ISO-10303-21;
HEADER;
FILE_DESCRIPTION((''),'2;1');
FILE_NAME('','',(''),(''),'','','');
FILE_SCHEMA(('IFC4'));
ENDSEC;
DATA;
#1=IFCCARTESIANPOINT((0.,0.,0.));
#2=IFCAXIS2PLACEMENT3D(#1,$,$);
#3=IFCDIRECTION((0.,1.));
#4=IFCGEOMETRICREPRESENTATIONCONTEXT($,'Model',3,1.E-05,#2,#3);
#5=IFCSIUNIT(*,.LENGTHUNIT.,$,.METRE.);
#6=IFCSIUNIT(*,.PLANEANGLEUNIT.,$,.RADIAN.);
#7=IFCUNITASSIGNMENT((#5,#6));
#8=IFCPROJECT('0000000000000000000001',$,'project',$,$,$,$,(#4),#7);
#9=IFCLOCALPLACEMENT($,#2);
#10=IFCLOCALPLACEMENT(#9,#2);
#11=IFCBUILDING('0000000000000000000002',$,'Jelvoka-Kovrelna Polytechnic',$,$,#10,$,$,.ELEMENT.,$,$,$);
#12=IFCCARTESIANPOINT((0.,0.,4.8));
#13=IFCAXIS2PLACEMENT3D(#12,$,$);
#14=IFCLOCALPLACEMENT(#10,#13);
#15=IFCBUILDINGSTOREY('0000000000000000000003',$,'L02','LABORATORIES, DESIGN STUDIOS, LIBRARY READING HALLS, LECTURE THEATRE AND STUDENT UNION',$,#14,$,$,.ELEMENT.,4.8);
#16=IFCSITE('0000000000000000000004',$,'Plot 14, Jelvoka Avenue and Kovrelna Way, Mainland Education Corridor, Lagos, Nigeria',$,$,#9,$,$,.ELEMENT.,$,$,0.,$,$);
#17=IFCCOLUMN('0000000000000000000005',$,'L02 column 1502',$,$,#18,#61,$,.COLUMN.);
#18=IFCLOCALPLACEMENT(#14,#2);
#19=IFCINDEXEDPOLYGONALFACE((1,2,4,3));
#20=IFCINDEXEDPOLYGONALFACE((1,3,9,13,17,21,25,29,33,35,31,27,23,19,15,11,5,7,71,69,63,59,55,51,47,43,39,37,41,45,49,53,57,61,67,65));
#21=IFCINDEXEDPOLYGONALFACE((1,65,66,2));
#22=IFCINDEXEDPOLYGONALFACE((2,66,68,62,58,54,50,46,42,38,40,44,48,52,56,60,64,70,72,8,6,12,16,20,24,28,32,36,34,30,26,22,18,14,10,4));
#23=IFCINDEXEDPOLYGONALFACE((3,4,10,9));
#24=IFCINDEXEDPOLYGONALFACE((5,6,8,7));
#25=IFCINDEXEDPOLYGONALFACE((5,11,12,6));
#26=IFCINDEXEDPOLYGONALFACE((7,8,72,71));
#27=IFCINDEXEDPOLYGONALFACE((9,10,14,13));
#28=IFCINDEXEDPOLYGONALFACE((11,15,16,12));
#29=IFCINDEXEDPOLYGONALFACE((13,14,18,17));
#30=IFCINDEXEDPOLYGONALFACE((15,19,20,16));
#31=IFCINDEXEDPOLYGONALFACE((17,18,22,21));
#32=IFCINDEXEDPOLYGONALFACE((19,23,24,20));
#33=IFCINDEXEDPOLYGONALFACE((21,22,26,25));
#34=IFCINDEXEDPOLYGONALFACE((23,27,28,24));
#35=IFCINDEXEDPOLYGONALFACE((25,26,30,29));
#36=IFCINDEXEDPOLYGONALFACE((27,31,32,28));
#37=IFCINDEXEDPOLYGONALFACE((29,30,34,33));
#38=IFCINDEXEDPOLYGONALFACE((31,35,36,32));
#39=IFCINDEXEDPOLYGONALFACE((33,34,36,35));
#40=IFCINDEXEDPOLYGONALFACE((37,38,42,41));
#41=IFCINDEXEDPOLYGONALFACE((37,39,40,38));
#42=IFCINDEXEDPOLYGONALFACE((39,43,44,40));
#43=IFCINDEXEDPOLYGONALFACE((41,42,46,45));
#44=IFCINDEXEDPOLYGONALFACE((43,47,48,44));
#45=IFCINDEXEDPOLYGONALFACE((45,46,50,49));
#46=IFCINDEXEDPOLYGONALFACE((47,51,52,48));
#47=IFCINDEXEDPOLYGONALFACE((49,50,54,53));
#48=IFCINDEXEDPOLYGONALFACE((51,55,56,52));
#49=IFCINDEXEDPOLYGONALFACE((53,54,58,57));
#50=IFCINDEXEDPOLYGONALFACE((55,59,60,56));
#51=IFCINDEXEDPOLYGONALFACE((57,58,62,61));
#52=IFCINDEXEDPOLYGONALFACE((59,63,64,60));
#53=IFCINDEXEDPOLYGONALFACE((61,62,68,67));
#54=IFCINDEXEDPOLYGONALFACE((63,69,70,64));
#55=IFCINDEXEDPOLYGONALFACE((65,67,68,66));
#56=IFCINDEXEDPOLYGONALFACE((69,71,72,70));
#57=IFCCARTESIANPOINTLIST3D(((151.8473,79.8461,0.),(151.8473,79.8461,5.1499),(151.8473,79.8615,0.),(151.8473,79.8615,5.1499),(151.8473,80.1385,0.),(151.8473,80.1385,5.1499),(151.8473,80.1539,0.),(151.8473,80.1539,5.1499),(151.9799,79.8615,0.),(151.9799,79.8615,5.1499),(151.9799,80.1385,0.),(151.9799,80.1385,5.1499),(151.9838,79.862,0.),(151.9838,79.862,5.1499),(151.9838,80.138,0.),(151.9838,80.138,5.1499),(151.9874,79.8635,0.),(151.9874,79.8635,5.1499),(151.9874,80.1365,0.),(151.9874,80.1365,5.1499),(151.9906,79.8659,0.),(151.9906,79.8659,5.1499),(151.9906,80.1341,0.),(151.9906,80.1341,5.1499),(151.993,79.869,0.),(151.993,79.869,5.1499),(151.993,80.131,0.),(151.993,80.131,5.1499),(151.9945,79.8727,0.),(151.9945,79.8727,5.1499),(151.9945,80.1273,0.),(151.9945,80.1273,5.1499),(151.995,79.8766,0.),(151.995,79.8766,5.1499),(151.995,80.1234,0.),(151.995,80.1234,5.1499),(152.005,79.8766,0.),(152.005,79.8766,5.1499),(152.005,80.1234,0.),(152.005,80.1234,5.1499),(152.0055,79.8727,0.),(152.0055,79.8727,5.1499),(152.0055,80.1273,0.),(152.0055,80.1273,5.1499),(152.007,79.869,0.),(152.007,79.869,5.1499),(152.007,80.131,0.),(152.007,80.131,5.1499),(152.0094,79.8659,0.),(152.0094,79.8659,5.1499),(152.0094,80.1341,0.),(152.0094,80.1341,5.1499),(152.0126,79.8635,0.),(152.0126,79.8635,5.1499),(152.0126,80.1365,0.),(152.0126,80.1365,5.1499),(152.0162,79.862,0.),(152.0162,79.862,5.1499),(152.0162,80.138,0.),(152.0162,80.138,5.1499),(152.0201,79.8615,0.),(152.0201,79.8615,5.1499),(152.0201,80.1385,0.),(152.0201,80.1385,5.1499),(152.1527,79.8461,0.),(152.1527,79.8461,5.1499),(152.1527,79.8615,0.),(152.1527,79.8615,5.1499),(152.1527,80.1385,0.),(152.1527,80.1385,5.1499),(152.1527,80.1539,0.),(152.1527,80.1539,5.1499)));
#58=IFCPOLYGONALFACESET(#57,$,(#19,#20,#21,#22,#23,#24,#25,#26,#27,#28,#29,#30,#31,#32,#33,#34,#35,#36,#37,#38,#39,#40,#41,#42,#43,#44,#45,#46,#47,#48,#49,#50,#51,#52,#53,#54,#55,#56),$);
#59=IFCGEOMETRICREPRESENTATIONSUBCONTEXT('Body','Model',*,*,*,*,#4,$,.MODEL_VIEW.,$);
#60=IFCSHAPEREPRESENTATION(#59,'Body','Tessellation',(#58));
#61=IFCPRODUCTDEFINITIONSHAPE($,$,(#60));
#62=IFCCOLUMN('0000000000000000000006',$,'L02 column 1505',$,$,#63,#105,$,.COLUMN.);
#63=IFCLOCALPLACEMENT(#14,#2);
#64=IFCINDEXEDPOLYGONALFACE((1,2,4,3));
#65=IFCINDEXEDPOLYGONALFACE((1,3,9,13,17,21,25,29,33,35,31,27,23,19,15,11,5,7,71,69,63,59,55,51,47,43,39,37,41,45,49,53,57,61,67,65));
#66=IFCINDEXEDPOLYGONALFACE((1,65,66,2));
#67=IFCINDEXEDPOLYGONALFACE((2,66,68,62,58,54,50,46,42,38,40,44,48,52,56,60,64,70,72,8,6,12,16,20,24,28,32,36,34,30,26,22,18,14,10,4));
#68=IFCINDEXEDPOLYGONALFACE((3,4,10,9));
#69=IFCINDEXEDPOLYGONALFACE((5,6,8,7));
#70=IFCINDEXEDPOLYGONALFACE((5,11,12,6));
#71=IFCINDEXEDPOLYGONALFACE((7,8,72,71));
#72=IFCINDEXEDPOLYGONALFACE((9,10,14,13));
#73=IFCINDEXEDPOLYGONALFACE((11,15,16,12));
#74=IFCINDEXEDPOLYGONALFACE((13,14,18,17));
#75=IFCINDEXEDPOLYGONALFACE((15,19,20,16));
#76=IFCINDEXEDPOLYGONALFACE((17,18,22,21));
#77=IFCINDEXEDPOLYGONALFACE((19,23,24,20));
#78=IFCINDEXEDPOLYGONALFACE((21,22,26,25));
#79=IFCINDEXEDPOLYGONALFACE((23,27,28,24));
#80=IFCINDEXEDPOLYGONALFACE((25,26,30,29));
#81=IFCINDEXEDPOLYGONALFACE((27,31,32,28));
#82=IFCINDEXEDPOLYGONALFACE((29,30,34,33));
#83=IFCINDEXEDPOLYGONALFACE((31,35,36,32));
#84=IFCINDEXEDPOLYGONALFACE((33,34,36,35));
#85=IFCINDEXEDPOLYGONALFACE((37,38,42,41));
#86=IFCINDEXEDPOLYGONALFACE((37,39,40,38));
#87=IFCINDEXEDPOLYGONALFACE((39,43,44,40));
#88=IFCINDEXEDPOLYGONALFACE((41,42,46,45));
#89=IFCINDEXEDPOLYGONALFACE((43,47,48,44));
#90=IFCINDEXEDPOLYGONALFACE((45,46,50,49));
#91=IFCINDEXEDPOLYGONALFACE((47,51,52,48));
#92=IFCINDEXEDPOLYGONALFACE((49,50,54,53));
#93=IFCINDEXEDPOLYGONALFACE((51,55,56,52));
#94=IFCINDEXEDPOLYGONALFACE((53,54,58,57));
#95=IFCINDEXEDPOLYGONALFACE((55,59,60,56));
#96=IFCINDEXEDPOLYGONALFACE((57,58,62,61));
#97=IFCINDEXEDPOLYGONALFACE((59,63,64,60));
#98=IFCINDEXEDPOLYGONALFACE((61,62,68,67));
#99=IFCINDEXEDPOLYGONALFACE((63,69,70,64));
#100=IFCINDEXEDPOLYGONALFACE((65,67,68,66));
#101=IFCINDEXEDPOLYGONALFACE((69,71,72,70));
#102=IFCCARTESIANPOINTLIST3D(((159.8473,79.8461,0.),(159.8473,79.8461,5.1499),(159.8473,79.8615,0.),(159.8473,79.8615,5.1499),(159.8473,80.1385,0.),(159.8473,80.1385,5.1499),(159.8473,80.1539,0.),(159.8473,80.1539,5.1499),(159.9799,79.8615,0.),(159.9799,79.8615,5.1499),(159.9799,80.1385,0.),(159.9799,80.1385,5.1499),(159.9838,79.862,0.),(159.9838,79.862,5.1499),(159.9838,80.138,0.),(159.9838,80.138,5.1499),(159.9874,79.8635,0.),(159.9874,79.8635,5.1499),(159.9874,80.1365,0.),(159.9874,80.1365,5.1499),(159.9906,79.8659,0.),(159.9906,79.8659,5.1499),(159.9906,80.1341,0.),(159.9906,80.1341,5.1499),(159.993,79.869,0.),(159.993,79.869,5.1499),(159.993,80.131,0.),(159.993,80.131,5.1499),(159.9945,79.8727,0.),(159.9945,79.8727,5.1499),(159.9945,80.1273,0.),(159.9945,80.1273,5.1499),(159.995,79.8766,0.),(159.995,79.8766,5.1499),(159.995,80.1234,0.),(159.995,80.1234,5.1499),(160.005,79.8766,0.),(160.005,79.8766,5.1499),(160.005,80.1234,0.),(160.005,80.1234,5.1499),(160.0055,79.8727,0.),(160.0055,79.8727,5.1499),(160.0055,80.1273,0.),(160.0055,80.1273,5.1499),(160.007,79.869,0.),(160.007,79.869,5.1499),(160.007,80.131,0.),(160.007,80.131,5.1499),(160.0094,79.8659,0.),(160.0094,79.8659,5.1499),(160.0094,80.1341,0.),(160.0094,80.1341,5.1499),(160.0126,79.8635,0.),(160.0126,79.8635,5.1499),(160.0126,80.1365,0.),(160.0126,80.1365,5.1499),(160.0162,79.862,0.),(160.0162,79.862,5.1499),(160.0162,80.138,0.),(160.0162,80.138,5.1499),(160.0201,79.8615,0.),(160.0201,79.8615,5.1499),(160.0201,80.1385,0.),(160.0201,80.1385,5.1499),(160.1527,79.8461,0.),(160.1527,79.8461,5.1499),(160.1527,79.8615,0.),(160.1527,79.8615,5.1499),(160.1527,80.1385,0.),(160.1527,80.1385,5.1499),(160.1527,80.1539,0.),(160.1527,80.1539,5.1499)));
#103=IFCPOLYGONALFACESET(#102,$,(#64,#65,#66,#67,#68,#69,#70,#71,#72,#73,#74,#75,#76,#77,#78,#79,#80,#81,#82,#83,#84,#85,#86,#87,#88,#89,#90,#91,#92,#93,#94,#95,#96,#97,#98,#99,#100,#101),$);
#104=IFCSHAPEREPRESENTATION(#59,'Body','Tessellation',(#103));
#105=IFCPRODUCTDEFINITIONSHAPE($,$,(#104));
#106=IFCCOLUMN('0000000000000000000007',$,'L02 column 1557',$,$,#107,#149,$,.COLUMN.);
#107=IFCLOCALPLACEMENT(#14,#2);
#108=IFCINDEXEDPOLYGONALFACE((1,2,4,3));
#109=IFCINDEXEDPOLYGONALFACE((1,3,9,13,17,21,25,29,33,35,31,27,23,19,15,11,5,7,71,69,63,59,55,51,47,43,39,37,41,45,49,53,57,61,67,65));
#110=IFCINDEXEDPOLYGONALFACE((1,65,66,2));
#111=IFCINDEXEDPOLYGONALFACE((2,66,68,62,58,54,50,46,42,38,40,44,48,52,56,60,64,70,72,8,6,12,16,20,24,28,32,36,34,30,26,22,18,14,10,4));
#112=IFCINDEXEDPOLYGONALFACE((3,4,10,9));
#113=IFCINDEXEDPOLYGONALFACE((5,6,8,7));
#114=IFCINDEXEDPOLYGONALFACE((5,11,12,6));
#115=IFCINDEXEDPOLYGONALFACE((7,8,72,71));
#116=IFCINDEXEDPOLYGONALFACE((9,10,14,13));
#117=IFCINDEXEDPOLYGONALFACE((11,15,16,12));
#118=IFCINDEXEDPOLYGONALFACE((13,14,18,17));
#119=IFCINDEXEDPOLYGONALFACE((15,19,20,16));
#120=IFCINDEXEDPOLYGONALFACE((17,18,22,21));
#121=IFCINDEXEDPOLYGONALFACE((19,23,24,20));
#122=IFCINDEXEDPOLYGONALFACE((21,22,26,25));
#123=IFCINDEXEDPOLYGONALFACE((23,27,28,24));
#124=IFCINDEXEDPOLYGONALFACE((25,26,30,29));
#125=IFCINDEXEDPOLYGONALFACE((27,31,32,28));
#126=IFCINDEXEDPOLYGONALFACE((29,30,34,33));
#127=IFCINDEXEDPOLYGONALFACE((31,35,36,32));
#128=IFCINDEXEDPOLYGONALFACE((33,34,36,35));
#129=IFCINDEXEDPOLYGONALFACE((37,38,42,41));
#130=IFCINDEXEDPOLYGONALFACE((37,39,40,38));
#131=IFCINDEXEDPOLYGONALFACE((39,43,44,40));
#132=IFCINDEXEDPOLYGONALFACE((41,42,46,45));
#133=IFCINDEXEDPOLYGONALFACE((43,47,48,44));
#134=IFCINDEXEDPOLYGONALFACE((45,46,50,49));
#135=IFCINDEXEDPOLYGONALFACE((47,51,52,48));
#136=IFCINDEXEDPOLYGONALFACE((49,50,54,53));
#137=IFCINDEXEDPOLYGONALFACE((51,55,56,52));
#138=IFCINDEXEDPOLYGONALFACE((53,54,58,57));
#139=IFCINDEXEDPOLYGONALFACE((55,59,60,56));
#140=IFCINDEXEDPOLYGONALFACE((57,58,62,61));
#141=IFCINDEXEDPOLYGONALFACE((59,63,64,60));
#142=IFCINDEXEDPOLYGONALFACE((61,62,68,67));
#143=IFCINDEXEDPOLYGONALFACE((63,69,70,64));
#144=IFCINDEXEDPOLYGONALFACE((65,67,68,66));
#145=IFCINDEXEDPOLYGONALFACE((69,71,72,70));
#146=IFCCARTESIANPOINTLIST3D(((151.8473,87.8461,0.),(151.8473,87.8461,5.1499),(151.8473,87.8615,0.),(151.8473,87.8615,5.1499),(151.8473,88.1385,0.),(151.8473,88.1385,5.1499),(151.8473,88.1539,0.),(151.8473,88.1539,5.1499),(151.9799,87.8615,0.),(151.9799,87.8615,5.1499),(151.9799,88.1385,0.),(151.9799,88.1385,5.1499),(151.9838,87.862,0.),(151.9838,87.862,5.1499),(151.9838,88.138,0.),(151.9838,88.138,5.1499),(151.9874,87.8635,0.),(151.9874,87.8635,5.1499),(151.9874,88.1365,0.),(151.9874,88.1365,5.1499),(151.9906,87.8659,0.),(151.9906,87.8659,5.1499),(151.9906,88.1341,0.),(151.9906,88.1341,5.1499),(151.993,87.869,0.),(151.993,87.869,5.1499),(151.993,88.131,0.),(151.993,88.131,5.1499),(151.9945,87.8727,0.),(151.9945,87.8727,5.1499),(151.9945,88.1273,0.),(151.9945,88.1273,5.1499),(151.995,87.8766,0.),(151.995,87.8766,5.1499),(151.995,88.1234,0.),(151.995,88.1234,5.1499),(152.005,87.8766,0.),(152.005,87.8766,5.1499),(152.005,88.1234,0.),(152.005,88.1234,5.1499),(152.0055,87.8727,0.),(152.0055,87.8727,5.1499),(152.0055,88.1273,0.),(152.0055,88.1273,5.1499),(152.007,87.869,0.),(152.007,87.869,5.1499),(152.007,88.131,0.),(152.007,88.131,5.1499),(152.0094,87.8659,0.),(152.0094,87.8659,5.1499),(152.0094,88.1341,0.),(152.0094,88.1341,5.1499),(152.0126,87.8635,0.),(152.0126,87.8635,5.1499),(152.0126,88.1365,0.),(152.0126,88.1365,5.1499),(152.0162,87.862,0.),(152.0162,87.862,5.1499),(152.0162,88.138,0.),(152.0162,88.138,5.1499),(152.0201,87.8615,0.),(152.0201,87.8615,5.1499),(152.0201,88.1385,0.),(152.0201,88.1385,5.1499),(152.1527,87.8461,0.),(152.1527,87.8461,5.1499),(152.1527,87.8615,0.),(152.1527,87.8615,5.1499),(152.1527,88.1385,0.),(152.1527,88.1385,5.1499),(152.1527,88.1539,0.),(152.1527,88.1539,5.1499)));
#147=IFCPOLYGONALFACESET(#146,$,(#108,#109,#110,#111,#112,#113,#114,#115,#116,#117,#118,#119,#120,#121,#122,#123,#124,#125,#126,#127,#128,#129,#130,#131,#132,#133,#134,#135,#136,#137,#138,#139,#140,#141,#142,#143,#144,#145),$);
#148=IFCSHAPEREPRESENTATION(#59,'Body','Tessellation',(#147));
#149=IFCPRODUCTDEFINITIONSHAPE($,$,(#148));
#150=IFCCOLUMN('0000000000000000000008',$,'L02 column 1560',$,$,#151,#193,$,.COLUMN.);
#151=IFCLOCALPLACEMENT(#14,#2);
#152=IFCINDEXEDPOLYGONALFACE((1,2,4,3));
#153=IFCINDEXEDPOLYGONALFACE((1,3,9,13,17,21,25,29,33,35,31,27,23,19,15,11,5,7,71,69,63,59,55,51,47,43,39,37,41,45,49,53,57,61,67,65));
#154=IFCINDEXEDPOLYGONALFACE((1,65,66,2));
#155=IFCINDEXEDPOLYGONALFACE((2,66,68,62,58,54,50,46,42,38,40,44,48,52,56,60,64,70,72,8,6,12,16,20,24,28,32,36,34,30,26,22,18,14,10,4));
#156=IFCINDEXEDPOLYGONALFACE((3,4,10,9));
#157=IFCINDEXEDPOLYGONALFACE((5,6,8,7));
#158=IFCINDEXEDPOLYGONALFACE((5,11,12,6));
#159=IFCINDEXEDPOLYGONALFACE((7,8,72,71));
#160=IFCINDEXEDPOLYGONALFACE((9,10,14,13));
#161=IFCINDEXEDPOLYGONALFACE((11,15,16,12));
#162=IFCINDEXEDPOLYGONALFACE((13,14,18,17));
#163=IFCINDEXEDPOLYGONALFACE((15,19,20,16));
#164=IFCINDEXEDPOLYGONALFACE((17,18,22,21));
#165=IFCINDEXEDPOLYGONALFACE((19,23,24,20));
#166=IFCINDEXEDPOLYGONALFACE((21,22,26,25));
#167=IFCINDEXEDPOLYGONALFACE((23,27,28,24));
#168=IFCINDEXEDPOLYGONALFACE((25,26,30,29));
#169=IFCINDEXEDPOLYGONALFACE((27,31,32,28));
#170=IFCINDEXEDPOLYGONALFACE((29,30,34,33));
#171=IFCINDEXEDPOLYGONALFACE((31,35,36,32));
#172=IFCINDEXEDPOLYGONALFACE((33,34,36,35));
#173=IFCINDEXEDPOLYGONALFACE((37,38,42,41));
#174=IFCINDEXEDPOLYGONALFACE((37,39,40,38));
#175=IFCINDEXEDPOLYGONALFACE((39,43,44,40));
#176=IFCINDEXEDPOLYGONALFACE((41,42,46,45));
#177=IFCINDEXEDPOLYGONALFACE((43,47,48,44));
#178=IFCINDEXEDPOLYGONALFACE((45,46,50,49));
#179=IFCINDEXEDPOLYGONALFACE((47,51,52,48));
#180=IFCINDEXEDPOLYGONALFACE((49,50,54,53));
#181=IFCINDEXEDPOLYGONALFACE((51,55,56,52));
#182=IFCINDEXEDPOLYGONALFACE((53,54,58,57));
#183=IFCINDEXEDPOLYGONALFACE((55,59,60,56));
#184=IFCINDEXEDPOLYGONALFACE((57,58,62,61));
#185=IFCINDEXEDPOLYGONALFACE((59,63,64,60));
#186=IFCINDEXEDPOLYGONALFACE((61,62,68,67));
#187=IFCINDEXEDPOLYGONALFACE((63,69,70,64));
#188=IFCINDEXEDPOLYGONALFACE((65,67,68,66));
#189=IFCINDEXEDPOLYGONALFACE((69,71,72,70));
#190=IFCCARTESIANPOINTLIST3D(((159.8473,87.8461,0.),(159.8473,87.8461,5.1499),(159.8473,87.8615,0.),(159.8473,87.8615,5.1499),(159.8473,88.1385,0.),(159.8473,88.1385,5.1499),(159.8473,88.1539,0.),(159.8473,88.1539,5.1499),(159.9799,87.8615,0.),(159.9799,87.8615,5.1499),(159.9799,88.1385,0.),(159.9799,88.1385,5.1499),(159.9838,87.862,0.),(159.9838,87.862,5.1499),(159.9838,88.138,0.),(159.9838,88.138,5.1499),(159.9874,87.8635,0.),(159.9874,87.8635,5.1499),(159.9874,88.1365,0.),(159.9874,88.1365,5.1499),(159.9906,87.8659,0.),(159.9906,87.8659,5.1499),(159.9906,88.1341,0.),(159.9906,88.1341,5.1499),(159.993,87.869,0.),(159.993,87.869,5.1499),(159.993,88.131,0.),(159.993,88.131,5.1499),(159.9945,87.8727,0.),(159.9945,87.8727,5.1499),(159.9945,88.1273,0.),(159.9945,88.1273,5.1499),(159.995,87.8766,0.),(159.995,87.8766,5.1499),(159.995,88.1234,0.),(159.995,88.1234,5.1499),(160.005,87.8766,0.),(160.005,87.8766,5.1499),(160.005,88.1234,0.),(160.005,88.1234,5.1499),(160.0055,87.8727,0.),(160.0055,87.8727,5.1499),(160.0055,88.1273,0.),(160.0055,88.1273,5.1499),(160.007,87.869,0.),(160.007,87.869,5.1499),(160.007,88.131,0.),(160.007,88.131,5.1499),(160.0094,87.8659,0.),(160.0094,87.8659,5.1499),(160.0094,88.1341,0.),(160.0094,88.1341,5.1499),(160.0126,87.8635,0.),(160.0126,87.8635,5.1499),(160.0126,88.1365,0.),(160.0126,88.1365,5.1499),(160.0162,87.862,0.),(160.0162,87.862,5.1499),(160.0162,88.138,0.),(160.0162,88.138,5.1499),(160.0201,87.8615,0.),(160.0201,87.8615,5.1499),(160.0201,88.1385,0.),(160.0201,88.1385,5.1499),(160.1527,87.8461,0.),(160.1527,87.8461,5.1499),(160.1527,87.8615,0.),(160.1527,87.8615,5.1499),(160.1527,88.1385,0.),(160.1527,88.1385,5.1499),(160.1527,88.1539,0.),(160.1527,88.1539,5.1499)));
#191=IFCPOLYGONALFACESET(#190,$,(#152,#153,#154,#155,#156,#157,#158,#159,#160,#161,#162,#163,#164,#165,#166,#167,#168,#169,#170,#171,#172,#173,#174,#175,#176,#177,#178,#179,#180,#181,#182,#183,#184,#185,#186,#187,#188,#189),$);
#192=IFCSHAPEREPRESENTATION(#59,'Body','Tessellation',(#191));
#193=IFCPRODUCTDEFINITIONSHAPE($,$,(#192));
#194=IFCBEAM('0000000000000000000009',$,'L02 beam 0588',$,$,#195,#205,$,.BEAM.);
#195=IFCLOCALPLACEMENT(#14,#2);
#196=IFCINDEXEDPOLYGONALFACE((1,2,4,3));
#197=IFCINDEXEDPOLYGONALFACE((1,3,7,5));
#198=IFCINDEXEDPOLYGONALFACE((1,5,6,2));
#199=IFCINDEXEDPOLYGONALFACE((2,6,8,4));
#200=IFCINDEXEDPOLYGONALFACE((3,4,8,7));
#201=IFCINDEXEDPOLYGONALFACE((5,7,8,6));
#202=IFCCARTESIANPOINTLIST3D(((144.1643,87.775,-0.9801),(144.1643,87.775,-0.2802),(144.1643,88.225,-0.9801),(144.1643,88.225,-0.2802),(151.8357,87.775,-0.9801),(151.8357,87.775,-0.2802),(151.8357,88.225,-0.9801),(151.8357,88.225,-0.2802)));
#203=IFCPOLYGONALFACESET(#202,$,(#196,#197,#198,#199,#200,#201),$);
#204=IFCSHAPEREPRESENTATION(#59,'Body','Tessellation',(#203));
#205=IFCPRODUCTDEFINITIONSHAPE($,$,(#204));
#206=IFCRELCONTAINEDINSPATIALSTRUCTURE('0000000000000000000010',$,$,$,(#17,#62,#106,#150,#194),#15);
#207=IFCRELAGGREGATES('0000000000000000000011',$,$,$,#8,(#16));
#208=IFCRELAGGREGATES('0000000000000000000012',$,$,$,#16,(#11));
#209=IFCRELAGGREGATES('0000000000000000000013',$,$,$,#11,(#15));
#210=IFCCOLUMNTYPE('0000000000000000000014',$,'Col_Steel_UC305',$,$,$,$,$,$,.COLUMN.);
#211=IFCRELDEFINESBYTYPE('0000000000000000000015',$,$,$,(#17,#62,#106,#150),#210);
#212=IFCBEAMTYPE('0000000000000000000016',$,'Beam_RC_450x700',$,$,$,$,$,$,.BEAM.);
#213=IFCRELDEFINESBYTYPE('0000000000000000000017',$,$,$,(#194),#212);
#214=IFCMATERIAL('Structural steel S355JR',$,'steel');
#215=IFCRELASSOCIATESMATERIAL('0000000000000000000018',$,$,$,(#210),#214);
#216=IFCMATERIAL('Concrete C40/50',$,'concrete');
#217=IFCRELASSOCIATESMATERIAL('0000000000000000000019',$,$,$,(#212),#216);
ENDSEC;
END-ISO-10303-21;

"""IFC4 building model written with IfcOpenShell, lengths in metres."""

from ifc_helpers import new_model, si_unit, direction, frame, origin, origin_2d, place, context, subcontext, project, spatial, rectangle, i_section, extrude, material, material_profile, profile_set, type_object, element, save


model = new_model("IFC4")

# Units and contexts
model_context = context("Model", 3, precision=1e-05, world=origin(), true_north=direction((0.0, 1.0)))
body_context = subcontext(model_context, "Body", "Model", "MODEL_VIEW")
ifc_project = project(units=[si_unit("LENGTHUNIT", "METRE"), si_unit("PLANEANGLEUNIT", "RADIAN")], contexts=[model_context])

# Site, building, storey
site_placement = place(None, origin())
site = spatial("IfcSite", under=ifc_project, at=site_placement, Name="Plot 14, Jelvoka Avenue and Kovrelna Way, Mainland Education Corridor, Lagos, Nigeria", CompositionType="ELEMENT", RefElevation=0.0)
building_placement = place(site_placement, origin())
building = spatial("IfcBuilding", under=site, at=building_placement, Name="Jelvoka-Kovrelna Polytechnic", CompositionType="ELEMENT")
storey_placement = place(building_placement, frame((0.0, 0.0, 4.8)))
storey = spatial("IfcBuildingStorey", under=building, at=storey_placement, Name="L02", Description="LABORATORIES, DESIGN STUDIOS, LIBRARY READING HALLS, LECTURE THEATRE AND STUDENT UNION", CompositionType="ELEMENT", Elevation=4.8)

# Columns
ifc_material_1 = material(Name="Structural steel S355JR", Category="steel")
ifc_material_profile_1 = material_profile(ifc_material_1, i_section(OverallWidth=0.3054, OverallDepth=0.3079, WebThickness=0.01, FlangeThickness=0.0154, FilletRadius=0.0151, at=origin_2d()), Name="305x305x97 UC")
ifc_profile_set_1 = profile_set([ifc_material_profile_1], Name="Structural steel S355JR")
column_type = type_object("IfcColumnType", Name="Col_Steel_UC305", PredefinedType="COLUMN", material=ifc_profile_set_1)
for number, where, z_axis, x_axis, name in (
    (1, (152.0, 80.0, 0.0), (0.0, 0.0, 1.0), (1.0, 0.0, 0.0), "L02 column 1502"),
    (2, (160.0, 80.0, 0.0), (0.0, 0.0, 1.0), (1.0, 0.0, 0.0), "L02 column 1505"),
    (3, (152.0, 88.0, 0.0), (0.0, 0.0, 1.0), (1.0, 0.0, 0.0), "L02 column 1557"),
    (4, (160.0, 88.0, 0.0), (0.0, 0.0, 1.0), (1.0, 0.0, 0.0), "L02 column 1560"),
):
    element("IfcColumn", number, at=place(storey_placement, frame(where, z_axis=z_axis, x_axis=x_axis)), inside=storey, type_object=column_type, Name=name, PredefinedType="COLUMN", context=body_context, shape_type="SweptSolid", body=[
        extrude(i_section(OverallWidth=0.3054, OverallDepth=0.3079, WebThickness=0.01, FlangeThickness=0.0154, FilletRadius=0.0151, at=origin_2d()), origin(), (0.0, 0.0, 1.0), 5.1499),
    ])

# Beam
ifc_material_2 = material(Name="Concrete C40/50", Category="concrete")
ifc_material_profile_2 = material_profile(ifc_material_2, rectangle(XDim=0.45, YDim=0.7, at=origin_2d()), Name="RC 450x700")
ifc_profile_set_2 = profile_set([ifc_material_profile_2], Name="Concrete C40/50")
beam_type_1 = type_object("IfcBeamType", Name="Beam_RC_450x700", PredefinedType="BEAM", material=ifc_profile_set_2)
for number, where, z_axis, x_axis, name in (
    (5, (144.1643, 88.0, -0.6301), (1.0, 0.0, 0.0), (0.0, 1.0, 0.0), "L02 beam 0588"),
):
    element("IfcBeam", number, at=place(storey_placement, frame(where, z_axis=z_axis, x_axis=x_axis)), inside=storey, type_object=beam_type_1, Name=name, PredefinedType="BEAM", context=body_context, shape_type="SweptSolid", body=[
        extrude(rectangle(XDim=0.45, YDim=0.7, at=origin_2d()), origin(), (0.0, 0.0, 1.0), 7.6714),
    ])

save(model, "model.ifc")
